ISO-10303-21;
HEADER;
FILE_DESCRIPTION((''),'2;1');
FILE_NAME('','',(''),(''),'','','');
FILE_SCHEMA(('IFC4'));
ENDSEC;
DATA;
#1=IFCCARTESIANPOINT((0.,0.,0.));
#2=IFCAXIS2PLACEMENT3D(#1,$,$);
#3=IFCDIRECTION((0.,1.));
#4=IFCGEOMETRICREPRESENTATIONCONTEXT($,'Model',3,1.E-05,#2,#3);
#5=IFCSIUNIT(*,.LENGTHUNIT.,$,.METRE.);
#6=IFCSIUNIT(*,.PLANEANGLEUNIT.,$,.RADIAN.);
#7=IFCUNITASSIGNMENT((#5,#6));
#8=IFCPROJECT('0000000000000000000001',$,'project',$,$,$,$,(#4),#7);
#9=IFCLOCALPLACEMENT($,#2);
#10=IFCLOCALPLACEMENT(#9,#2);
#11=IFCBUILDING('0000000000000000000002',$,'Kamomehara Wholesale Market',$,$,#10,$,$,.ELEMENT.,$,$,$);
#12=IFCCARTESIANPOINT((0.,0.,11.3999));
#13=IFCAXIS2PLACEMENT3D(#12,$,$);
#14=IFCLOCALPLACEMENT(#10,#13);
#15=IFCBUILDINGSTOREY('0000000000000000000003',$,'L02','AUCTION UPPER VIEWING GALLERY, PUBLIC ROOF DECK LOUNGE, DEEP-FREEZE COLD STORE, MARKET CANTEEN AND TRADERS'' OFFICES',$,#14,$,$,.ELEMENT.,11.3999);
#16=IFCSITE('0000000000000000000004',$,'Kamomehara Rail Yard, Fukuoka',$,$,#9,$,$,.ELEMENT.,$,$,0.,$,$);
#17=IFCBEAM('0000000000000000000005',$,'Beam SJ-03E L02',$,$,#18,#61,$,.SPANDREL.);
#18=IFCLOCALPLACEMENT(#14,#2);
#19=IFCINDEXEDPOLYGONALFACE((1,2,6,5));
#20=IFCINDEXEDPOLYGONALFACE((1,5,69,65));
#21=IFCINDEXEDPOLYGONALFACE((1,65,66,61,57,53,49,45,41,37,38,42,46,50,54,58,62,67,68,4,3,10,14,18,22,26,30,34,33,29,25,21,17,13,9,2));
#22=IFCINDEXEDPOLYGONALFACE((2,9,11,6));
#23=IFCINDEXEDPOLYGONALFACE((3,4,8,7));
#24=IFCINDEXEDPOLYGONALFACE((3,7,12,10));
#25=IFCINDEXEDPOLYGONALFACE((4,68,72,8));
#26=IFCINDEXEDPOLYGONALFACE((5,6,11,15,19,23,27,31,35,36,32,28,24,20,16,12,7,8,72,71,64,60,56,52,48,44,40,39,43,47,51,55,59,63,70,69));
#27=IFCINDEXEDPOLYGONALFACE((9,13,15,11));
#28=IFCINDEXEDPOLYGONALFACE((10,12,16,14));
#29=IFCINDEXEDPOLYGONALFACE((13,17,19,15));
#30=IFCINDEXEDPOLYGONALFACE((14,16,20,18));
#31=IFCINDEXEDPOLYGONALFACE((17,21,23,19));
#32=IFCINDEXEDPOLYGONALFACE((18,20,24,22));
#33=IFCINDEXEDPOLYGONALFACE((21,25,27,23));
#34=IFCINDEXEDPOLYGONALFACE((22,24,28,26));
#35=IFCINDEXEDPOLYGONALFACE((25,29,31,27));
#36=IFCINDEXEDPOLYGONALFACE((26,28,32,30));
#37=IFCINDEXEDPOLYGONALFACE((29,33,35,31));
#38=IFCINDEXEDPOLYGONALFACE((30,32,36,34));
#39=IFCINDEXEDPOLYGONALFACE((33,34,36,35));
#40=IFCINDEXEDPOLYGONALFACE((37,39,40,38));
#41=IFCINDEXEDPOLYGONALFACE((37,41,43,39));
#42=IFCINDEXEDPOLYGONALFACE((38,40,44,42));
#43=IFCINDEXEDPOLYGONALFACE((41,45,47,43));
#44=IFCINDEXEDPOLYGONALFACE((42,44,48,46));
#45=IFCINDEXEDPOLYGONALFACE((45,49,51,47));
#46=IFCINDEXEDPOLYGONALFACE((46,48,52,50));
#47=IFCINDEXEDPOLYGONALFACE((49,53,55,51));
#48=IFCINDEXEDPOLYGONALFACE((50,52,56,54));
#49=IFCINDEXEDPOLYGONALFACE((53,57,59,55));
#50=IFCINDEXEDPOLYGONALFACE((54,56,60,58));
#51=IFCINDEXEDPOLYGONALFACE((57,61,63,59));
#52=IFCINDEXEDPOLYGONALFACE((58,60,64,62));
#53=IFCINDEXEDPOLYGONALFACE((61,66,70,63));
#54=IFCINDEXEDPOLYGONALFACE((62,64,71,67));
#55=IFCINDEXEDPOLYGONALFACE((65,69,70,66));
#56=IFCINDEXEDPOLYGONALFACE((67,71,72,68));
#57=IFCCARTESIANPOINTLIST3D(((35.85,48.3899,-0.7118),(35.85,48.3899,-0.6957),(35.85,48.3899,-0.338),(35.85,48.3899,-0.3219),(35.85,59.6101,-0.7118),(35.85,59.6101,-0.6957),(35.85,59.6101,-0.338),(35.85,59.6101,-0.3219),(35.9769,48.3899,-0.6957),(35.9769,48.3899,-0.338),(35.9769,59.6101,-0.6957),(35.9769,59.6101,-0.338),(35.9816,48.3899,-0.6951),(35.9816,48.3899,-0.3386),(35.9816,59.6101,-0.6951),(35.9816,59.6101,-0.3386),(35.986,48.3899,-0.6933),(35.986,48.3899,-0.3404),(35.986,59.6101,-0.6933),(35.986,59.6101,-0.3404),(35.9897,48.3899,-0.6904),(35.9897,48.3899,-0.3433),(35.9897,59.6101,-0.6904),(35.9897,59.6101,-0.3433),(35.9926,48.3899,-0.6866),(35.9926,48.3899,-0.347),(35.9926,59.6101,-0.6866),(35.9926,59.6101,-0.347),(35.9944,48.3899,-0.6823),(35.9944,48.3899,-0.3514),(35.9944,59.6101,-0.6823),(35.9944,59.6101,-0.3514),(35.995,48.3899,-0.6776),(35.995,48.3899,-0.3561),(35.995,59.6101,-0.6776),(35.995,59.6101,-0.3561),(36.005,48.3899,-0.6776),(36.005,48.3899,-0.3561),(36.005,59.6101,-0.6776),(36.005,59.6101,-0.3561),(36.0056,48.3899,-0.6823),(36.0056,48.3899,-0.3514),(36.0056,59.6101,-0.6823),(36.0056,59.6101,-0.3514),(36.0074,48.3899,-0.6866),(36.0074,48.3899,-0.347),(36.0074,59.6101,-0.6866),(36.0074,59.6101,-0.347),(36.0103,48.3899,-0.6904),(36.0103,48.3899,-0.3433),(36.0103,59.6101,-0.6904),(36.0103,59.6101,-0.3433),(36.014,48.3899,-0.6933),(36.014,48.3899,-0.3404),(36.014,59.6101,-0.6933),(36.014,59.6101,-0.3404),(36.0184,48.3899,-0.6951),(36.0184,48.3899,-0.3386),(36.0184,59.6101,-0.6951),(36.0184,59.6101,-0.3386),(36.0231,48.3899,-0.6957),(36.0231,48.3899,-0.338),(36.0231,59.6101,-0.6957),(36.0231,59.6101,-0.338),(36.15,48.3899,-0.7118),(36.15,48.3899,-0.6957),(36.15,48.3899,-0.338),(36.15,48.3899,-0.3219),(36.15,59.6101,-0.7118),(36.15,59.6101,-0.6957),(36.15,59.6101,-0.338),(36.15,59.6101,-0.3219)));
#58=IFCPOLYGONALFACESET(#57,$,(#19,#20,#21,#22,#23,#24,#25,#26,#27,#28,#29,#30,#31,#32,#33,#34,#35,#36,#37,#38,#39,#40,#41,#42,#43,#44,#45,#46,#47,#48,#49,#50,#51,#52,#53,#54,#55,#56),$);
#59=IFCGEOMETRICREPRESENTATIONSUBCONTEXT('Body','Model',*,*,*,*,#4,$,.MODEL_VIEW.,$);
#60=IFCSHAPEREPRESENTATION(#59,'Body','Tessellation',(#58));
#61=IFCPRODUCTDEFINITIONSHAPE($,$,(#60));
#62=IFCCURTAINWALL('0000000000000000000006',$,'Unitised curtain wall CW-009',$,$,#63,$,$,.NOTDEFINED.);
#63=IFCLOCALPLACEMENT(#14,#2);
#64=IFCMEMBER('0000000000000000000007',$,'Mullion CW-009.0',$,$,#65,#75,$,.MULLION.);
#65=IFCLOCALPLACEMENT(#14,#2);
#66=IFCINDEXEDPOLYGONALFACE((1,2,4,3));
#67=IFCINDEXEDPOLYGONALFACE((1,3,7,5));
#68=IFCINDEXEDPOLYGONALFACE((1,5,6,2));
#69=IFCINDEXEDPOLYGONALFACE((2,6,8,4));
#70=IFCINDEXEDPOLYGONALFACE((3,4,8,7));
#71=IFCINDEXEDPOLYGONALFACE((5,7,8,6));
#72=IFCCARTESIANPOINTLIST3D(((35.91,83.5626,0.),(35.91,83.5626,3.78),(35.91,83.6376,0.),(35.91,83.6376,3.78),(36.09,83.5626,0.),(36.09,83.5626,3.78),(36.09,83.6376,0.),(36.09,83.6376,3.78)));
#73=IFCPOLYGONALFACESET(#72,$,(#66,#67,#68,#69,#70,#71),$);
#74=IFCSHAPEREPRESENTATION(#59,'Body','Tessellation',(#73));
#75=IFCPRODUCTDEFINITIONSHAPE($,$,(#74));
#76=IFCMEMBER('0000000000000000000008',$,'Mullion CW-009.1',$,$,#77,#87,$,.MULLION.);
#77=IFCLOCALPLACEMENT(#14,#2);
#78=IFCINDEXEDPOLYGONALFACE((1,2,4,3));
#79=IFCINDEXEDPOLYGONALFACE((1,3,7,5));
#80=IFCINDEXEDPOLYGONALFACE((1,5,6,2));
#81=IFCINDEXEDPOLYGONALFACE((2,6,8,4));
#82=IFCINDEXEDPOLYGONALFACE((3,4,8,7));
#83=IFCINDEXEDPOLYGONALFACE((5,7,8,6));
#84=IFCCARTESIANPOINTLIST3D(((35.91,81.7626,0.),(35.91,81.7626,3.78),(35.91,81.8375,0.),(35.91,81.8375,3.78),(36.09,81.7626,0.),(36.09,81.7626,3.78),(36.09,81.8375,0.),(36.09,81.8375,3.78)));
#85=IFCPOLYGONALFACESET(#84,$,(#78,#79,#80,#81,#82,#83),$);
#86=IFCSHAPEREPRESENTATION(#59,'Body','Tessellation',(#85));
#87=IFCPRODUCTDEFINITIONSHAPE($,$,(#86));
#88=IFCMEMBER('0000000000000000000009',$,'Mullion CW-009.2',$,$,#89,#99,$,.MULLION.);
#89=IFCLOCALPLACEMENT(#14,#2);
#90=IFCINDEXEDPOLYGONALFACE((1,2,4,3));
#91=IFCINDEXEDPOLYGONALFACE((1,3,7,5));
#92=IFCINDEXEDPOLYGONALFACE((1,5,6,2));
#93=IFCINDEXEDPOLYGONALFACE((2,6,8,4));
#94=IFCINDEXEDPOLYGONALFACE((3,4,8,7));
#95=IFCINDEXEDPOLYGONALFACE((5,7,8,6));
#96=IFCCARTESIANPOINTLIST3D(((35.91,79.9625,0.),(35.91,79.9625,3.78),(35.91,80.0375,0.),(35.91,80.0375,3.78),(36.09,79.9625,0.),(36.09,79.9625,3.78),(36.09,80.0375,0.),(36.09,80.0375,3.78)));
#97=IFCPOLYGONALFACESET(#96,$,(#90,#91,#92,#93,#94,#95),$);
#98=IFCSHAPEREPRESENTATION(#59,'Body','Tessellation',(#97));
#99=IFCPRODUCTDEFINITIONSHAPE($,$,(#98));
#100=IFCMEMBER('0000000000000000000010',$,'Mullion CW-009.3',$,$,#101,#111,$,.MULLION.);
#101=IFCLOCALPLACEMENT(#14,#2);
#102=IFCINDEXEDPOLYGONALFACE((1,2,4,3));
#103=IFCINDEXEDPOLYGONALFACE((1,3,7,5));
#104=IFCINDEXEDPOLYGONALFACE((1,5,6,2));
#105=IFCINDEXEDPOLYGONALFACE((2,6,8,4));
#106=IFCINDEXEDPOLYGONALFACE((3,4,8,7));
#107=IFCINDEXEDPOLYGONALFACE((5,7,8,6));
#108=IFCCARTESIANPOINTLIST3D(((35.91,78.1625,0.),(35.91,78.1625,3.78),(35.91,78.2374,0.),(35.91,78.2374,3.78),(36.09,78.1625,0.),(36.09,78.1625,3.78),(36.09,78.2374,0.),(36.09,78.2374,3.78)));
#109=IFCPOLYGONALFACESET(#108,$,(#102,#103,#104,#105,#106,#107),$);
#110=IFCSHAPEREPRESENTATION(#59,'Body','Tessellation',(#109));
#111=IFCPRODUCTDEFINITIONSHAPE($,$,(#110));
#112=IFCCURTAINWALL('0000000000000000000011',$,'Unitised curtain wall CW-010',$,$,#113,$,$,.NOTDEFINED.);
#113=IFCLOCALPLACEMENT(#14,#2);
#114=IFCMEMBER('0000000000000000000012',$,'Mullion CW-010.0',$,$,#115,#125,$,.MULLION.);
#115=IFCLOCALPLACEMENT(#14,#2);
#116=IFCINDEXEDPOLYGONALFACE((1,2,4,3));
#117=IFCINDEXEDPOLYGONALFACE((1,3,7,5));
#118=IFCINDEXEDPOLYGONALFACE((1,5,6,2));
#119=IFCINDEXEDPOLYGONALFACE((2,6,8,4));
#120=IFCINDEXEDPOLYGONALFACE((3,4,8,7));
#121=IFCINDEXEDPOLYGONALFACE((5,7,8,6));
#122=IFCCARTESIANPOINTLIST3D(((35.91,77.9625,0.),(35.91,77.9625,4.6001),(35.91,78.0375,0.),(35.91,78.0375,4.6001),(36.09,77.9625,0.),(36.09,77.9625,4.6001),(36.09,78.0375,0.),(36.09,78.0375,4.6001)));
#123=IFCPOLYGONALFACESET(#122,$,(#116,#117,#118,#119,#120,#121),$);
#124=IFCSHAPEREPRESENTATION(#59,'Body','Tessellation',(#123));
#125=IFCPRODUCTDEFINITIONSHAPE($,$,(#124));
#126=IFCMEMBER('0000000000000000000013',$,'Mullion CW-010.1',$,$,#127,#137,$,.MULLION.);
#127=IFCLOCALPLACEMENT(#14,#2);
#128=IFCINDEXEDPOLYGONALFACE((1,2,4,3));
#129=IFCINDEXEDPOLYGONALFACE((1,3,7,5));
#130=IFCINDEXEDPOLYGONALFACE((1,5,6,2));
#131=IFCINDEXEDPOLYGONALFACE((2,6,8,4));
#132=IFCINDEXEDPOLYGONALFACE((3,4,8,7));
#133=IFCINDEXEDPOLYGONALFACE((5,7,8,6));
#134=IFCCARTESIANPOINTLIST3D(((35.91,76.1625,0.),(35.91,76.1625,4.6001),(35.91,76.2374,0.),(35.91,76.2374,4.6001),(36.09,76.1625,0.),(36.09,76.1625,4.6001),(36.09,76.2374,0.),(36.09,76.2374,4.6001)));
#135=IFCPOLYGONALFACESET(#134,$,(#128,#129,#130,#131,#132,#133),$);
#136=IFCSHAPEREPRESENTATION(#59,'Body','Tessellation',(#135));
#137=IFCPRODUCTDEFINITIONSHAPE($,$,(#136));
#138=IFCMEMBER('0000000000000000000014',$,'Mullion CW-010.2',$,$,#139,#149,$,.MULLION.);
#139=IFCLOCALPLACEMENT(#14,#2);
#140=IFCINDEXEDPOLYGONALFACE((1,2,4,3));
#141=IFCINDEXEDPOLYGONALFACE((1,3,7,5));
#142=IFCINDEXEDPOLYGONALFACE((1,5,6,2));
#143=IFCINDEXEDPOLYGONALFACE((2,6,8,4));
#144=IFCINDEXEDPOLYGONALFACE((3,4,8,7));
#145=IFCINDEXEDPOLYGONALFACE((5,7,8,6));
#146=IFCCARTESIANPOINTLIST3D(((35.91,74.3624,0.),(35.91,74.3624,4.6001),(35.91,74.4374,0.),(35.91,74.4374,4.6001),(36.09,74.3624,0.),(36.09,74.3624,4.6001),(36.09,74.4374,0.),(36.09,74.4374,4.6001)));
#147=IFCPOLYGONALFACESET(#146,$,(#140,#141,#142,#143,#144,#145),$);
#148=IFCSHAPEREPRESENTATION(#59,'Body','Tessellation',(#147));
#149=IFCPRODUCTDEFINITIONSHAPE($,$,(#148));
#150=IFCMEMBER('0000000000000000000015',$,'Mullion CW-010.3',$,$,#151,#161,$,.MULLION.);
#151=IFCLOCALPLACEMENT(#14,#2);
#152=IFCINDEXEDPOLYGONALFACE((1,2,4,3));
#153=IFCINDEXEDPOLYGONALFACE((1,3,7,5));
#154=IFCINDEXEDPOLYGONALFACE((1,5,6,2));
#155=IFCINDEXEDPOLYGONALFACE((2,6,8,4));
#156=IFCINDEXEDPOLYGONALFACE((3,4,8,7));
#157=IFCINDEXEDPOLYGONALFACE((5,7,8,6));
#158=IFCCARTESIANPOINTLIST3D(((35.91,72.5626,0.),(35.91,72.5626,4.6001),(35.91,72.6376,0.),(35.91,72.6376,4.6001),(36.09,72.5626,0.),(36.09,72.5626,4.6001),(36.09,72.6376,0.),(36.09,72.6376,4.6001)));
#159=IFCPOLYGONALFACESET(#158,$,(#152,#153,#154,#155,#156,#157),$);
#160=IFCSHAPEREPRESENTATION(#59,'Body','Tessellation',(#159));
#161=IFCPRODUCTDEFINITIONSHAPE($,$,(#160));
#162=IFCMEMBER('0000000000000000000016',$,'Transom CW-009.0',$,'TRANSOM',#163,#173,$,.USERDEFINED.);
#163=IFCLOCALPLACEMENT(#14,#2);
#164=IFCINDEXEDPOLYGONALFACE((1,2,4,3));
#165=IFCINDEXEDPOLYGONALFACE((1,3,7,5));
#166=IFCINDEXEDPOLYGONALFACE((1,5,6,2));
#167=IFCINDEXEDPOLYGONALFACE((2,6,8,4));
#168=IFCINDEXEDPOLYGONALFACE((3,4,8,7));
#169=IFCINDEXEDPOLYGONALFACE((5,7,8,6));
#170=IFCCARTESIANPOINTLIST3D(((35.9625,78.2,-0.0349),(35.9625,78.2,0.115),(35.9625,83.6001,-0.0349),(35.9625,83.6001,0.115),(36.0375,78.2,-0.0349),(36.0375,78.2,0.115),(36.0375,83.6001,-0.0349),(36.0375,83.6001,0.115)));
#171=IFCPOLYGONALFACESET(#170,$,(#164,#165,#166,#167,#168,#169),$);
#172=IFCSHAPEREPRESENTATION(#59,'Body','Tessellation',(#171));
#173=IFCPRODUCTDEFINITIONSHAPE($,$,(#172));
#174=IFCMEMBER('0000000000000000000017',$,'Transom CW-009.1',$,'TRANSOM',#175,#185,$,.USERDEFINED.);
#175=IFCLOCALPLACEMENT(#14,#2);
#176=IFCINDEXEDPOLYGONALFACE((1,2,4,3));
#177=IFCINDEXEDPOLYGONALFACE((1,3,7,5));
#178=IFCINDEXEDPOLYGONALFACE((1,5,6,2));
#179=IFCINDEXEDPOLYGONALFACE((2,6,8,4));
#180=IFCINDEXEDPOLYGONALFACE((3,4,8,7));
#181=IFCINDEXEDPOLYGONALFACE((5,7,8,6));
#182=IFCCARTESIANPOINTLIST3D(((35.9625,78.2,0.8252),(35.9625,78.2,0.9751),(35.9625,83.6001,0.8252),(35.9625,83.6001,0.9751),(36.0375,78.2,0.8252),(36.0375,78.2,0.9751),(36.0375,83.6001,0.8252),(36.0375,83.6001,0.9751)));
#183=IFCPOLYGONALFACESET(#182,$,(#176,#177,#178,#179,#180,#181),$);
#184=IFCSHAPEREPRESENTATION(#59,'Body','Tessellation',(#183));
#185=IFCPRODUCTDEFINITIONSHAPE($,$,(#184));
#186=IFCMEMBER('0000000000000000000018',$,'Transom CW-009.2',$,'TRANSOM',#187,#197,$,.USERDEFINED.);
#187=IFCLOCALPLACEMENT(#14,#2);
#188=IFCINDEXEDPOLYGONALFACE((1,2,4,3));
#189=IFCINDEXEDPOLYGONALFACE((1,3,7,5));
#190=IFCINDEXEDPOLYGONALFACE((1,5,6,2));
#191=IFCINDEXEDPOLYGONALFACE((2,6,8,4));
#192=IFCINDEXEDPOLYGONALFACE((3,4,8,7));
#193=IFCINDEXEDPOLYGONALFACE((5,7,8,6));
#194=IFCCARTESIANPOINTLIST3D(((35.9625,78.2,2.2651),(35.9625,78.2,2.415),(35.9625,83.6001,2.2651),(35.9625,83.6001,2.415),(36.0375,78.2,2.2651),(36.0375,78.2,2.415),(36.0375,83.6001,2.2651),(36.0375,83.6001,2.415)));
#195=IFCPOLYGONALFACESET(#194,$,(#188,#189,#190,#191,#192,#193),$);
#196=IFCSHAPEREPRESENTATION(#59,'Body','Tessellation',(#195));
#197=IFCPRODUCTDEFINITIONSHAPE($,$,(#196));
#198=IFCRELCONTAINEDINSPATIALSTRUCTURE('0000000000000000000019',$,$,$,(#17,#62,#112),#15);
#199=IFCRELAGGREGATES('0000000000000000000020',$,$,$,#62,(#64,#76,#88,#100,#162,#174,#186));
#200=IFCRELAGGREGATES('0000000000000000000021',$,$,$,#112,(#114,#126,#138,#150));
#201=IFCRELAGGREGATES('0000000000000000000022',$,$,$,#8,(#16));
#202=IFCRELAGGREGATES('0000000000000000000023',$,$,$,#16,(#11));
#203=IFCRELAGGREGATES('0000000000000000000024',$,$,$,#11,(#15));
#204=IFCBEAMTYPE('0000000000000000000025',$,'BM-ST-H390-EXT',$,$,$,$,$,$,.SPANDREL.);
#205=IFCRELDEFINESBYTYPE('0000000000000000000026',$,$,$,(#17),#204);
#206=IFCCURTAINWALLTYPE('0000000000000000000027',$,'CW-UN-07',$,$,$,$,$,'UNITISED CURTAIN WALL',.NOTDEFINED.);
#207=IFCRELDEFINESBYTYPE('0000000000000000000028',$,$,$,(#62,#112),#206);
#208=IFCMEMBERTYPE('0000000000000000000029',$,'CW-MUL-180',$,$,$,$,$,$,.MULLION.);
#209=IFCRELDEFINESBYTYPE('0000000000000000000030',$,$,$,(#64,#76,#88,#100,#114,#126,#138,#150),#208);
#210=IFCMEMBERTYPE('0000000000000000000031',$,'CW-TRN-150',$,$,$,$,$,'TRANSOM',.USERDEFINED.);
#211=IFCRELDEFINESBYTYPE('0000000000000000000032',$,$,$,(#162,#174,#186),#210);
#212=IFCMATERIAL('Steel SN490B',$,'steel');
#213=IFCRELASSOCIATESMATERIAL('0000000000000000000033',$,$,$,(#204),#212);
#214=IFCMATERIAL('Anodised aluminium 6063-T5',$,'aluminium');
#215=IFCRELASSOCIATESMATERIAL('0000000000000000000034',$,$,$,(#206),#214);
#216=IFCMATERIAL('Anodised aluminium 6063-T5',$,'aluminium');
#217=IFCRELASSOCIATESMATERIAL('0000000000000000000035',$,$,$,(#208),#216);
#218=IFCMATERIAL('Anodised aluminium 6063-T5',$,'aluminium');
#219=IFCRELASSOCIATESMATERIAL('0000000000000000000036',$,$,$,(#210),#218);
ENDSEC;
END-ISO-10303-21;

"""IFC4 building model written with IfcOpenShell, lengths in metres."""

from ifc_helpers import new_model, si_unit, direction, frame, origin, origin_2d, place, context, subcontext, project, spatial, rectangle, i_section, extrude, material, material_profile, profile_set, type_object, element, aggregate, save


model = new_model("IFC4")

# Units and contexts
model_context = context("Model", 3, precision=1e-05, world=origin(), true_north=direction((0.0, 1.0)))
body_context = subcontext(model_context, "Body", "Model", "MODEL_VIEW")
ifc_project = project(units=[si_unit("LENGTHUNIT", "METRE"), si_unit("PLANEANGLEUNIT", "RADIAN")], contexts=[model_context])

# Site, building, storey
site_placement = place(None, origin())
site = spatial("IfcSite", under=ifc_project, at=site_placement, Name="Kamomehara Rail Yard, Fukuoka", CompositionType="ELEMENT", RefElevation=0.0)
building_placement = place(site_placement, origin())
building = spatial("IfcBuilding", under=site, at=building_placement, Name="Kamomehara Wholesale Market", CompositionType="ELEMENT")
storey_placement = place(building_placement, frame((0.0, 0.0, 11.3999)))
storey = spatial("IfcBuildingStorey", under=building, at=storey_placement, Name="L02", Description="AUCTION UPPER VIEWING GALLERY, PUBLIC ROOF DECK LOUNGE, DEEP-FREEZE COLD STORE, MARKET CANTEEN AND TRADERS' OFFICES", CompositionType="ELEMENT", Elevation=11.3999)

# Beam
ifc_material_1 = material(Name="Steel SN490B", Category="steel")
ifc_material_profile_1 = material_profile(ifc_material_1, i_section(OverallWidth=0.3, OverallDepth=0.3899, WebThickness=0.01, FlangeThickness=0.0161, FilletRadius=0.0181, at=origin_2d()), Name="H-390x300x10x16")
ifc_profile_set_1 = profile_set([ifc_material_profile_1], Name="Steel SN490B")
beam_type_1 = type_object("IfcBeamType", Name="BM-ST-H390-EXT", PredefinedType="SPANDREL", material=ifc_profile_set_1)
beam_1_placement = place(storey_placement, frame((36.0, 48.3899, -0.5168), z_axis=(0.0, 1.0, 0.0), x_axis=(-1.0, 0.0, 0.0)))
element("IfcBeam", 1, at=beam_1_placement, inside=storey, type_object=beam_type_1, Name="Beam SJ-03E L02", PredefinedType="SPANDREL", context=body_context, shape_type="SweptSolid", body=[
    extrude(i_section(OverallWidth=0.3, OverallDepth=0.3899, WebThickness=0.01, FlangeThickness=0.0161, FilletRadius=0.0181, at=origin_2d()), origin(), (0.0, 0.0, 1.0), 11.2202),
])

# Curtain walls, members
ifc_material_2 = material(Name="Anodised aluminium 6063-T5", Category="aluminium")
curtain_wall_type = type_object("IfcCurtainWallType", Name="CW-UN-07", ElementType="UNITISED CURTAIN WALL", PredefinedType="NOTDEFINED", material=ifc_material_2)
curtain_wall_1_placement = place(storey_placement, origin())
curtain_wall_1 = element("IfcCurtainWall", 2, at=curtain_wall_1_placement, inside=storey, type_object=curtain_wall_type, Name="Unitised curtain wall CW-009", PredefinedType="NOTDEFINED")
ifc_material_3 = material(Name="Anodised aluminium 6063-T5", Category="aluminium")
ifc_material_profile_2 = material_profile(ifc_material_3, rectangle(XDim=0.075, YDim=0.1799, at=origin_2d()), Name="ALU-MUL-75x180")
ifc_profile_set_2 = profile_set([ifc_material_profile_2], Name="Anodised aluminium 6063-T5")
member_type_1 = type_object("IfcMemberType", Name="CW-MUL-180", PredefinedType="MULLION", material=ifc_profile_set_2)
member_1_placement = place(storey_placement, frame((36.0, 83.6001, 0.0), z_axis=(0.0, 0.0, 1.0), x_axis=(0.0, -1.0, 0.0)))
member_1 = element("IfcMember", 3, at=member_1_placement, type_object=member_type_1, Name="Mullion CW-009.0", PredefinedType="MULLION", context=body_context, shape_type="SweptSolid", body=[
    extrude(rectangle(XDim=0.075, YDim=0.1799, at=origin_2d()), origin(), (0.0, 0.0, 1.0), 3.78),
])
member_2_placement = place(storey_placement, frame((36.0, 81.8, 0.0), z_axis=(0.0, 0.0, 1.0), x_axis=(0.0, -1.0, 0.0)))
member_2 = element("IfcMember", 4, at=member_2_placement, type_object=member_type_1, Name="Mullion CW-009.1", PredefinedType="MULLION", context=body_context, shape_type="SweptSolid", body=[
    extrude(rectangle(XDim=0.075, YDim=0.1799, at=origin_2d()), origin(), (0.0, 0.0, 1.0), 3.78),
])
member_3_placement = place(storey_placement, frame((36.0, 80.0, 0.0), z_axis=(0.0, 0.0, 1.0), x_axis=(0.0, -1.0, 0.0)))
member_3 = element("IfcMember", 5, at=member_3_placement, type_object=member_type_1, Name="Mullion CW-009.2", PredefinedType="MULLION", context=body_context, shape_type="SweptSolid", body=[
    extrude(rectangle(XDim=0.075, YDim=0.1799, at=origin_2d()), origin(), (0.0, 0.0, 1.0), 3.78),
])
member_4_placement = place(storey_placement, frame((36.0, 78.2, 0.0), z_axis=(0.0, 0.0, 1.0), x_axis=(0.0, -1.0, 0.0)))
member_4 = element("IfcMember", 6, at=member_4_placement, type_object=member_type_1, Name="Mullion CW-009.3", PredefinedType="MULLION", context=body_context, shape_type="SweptSolid", body=[
    extrude(rectangle(XDim=0.075, YDim=0.1799, at=origin_2d()), origin(), (0.0, 0.0, 1.0), 3.78),
])
curtain_wall_2_placement = place(storey_placement, origin())
curtain_wall_2 = element("IfcCurtainWall", 7, at=curtain_wall_2_placement, inside=storey, type_object=curtain_wall_type, Name="Unitised curtain wall CW-010", PredefinedType="NOTDEFINED")
member_5_placement = place(storey_placement, frame((36.0, 78.0, 0.0), z_axis=(0.0, 0.0, 1.0), x_axis=(0.0, -1.0, 0.0)))
member_5 = element("IfcMember", 8, at=member_5_placement, type_object=member_type_1, Name="Mullion CW-010.0", PredefinedType="MULLION", context=body_context, shape_type="SweptSolid", body=[
    extrude(rectangle(XDim=0.075, YDim=0.1799, at=origin_2d()), origin(), (0.0, 0.0, 1.0), 4.6001),
])
member_6_placement = place(storey_placement, frame((36.0, 76.2, 0.0), z_axis=(0.0, 0.0, 1.0), x_axis=(0.0, -1.0, 0.0)))
member_6 = element("IfcMember", 9, at=member_6_placement, type_object=member_type_1, Name="Mullion CW-010.1", PredefinedType="MULLION", context=body_context, shape_type="SweptSolid", body=[
    extrude(rectangle(XDim=0.075, YDim=0.1799, at=origin_2d()), origin(), (0.0, 0.0, 1.0), 4.6001),
])
member_7_placement = place(storey_placement, frame((36.0, 74.3999, 0.0), z_axis=(0.0, 0.0, 1.0), x_axis=(0.0, -1.0, 0.0)))
member_7 = element("IfcMember", 10, at=member_7_placement, type_object=member_type_1, Name="Mullion CW-010.2", PredefinedType="MULLION", context=body_context, shape_type="SweptSolid", body=[
    extrude(rectangle(XDim=0.075, YDim=0.1799, at=origin_2d()), origin(), (0.0, 0.0, 1.0), 4.6001),
])
member_8_placement = place(storey_placement, frame((36.0, 72.6001, 0.0), z_axis=(0.0, 0.0, 1.0), x_axis=(0.0, -1.0, 0.0)))
member_8 = element("IfcMember", 11, at=member_8_placement, type_object=member_type_1, Name="Mullion CW-010.3", PredefinedType="MULLION", context=body_context, shape_type="SweptSolid", body=[
    extrude(rectangle(XDim=0.075, YDim=0.1799, at=origin_2d()), origin(), (0.0, 0.0, 1.0), 4.6001),
])

# Members
ifc_material_4 = material(Name="Anodised aluminium 6063-T5", Category="aluminium")
ifc_material_profile_3 = material_profile(ifc_material_4, rectangle(XDim=0.075, YDim=0.1499, at=origin_2d()), Name="ALU-TRN-75x150")
ifc_profile_set_3 = profile_set([ifc_material_profile_3], Name="Anodised aluminium 6063-T5")
member_type_2 = type_object("IfcMemberType", Name="CW-TRN-150", ElementType="TRANSOM", PredefinedType="USERDEFINED", material=ifc_profile_set_3)
member_9_placement = place(storey_placement, frame((36.0, 83.6001, 0.04), z_axis=(0.0, -1.0, 0.0), x_axis=(1.0, 0.0, 0.0)))
member_9 = element("IfcMember", 12, at=member_9_placement, type_object=member_type_2, Name="Transom CW-009.0", ObjectType="TRANSOM", PredefinedType="USERDEFINED", context=body_context, shape_type="SweptSolid", body=[
    extrude(rectangle(XDim=0.075, YDim=0.1499, at=origin_2d()), origin(), (0.0, 0.0, 1.0), 5.4001),
])
member_10_placement = place(storey_placement, frame((36.0, 83.6001, 0.9001), z_axis=(0.0, -1.0, 0.0), x_axis=(1.0, 0.0, 0.0)))
member_10 = element("IfcMember", 13, at=member_10_placement, type_object=member_type_2, Name="Transom CW-009.1", ObjectType="TRANSOM", PredefinedType="USERDEFINED", context=body_context, shape_type="SweptSolid", body=[
    extrude(rectangle(XDim=0.075, YDim=0.1499, at=origin_2d()), origin(), (0.0, 0.0, 1.0), 5.4001),
])
member_11_placement = place(storey_placement, frame((36.0, 83.6001, 2.3401), z_axis=(0.0, -1.0, 0.0), x_axis=(1.0, 0.0, 0.0)))
member_11 = element("IfcMember", 14, at=member_11_placement, type_object=member_type_2, Name="Transom CW-009.2", ObjectType="TRANSOM", PredefinedType="USERDEFINED", context=body_context, shape_type="SweptSolid", body=[
    extrude(rectangle(XDim=0.075, YDim=0.1499, at=origin_2d()), origin(), (0.0, 0.0, 1.0), 5.4001),
])
aggregate(curtain_wall_1, [member_1, member_2, member_3, member_4, member_9, member_10, member_11])

aggregate(curtain_wall_2, [member_5, member_6, member_7, member_8])

save(model, "model.ifc")
